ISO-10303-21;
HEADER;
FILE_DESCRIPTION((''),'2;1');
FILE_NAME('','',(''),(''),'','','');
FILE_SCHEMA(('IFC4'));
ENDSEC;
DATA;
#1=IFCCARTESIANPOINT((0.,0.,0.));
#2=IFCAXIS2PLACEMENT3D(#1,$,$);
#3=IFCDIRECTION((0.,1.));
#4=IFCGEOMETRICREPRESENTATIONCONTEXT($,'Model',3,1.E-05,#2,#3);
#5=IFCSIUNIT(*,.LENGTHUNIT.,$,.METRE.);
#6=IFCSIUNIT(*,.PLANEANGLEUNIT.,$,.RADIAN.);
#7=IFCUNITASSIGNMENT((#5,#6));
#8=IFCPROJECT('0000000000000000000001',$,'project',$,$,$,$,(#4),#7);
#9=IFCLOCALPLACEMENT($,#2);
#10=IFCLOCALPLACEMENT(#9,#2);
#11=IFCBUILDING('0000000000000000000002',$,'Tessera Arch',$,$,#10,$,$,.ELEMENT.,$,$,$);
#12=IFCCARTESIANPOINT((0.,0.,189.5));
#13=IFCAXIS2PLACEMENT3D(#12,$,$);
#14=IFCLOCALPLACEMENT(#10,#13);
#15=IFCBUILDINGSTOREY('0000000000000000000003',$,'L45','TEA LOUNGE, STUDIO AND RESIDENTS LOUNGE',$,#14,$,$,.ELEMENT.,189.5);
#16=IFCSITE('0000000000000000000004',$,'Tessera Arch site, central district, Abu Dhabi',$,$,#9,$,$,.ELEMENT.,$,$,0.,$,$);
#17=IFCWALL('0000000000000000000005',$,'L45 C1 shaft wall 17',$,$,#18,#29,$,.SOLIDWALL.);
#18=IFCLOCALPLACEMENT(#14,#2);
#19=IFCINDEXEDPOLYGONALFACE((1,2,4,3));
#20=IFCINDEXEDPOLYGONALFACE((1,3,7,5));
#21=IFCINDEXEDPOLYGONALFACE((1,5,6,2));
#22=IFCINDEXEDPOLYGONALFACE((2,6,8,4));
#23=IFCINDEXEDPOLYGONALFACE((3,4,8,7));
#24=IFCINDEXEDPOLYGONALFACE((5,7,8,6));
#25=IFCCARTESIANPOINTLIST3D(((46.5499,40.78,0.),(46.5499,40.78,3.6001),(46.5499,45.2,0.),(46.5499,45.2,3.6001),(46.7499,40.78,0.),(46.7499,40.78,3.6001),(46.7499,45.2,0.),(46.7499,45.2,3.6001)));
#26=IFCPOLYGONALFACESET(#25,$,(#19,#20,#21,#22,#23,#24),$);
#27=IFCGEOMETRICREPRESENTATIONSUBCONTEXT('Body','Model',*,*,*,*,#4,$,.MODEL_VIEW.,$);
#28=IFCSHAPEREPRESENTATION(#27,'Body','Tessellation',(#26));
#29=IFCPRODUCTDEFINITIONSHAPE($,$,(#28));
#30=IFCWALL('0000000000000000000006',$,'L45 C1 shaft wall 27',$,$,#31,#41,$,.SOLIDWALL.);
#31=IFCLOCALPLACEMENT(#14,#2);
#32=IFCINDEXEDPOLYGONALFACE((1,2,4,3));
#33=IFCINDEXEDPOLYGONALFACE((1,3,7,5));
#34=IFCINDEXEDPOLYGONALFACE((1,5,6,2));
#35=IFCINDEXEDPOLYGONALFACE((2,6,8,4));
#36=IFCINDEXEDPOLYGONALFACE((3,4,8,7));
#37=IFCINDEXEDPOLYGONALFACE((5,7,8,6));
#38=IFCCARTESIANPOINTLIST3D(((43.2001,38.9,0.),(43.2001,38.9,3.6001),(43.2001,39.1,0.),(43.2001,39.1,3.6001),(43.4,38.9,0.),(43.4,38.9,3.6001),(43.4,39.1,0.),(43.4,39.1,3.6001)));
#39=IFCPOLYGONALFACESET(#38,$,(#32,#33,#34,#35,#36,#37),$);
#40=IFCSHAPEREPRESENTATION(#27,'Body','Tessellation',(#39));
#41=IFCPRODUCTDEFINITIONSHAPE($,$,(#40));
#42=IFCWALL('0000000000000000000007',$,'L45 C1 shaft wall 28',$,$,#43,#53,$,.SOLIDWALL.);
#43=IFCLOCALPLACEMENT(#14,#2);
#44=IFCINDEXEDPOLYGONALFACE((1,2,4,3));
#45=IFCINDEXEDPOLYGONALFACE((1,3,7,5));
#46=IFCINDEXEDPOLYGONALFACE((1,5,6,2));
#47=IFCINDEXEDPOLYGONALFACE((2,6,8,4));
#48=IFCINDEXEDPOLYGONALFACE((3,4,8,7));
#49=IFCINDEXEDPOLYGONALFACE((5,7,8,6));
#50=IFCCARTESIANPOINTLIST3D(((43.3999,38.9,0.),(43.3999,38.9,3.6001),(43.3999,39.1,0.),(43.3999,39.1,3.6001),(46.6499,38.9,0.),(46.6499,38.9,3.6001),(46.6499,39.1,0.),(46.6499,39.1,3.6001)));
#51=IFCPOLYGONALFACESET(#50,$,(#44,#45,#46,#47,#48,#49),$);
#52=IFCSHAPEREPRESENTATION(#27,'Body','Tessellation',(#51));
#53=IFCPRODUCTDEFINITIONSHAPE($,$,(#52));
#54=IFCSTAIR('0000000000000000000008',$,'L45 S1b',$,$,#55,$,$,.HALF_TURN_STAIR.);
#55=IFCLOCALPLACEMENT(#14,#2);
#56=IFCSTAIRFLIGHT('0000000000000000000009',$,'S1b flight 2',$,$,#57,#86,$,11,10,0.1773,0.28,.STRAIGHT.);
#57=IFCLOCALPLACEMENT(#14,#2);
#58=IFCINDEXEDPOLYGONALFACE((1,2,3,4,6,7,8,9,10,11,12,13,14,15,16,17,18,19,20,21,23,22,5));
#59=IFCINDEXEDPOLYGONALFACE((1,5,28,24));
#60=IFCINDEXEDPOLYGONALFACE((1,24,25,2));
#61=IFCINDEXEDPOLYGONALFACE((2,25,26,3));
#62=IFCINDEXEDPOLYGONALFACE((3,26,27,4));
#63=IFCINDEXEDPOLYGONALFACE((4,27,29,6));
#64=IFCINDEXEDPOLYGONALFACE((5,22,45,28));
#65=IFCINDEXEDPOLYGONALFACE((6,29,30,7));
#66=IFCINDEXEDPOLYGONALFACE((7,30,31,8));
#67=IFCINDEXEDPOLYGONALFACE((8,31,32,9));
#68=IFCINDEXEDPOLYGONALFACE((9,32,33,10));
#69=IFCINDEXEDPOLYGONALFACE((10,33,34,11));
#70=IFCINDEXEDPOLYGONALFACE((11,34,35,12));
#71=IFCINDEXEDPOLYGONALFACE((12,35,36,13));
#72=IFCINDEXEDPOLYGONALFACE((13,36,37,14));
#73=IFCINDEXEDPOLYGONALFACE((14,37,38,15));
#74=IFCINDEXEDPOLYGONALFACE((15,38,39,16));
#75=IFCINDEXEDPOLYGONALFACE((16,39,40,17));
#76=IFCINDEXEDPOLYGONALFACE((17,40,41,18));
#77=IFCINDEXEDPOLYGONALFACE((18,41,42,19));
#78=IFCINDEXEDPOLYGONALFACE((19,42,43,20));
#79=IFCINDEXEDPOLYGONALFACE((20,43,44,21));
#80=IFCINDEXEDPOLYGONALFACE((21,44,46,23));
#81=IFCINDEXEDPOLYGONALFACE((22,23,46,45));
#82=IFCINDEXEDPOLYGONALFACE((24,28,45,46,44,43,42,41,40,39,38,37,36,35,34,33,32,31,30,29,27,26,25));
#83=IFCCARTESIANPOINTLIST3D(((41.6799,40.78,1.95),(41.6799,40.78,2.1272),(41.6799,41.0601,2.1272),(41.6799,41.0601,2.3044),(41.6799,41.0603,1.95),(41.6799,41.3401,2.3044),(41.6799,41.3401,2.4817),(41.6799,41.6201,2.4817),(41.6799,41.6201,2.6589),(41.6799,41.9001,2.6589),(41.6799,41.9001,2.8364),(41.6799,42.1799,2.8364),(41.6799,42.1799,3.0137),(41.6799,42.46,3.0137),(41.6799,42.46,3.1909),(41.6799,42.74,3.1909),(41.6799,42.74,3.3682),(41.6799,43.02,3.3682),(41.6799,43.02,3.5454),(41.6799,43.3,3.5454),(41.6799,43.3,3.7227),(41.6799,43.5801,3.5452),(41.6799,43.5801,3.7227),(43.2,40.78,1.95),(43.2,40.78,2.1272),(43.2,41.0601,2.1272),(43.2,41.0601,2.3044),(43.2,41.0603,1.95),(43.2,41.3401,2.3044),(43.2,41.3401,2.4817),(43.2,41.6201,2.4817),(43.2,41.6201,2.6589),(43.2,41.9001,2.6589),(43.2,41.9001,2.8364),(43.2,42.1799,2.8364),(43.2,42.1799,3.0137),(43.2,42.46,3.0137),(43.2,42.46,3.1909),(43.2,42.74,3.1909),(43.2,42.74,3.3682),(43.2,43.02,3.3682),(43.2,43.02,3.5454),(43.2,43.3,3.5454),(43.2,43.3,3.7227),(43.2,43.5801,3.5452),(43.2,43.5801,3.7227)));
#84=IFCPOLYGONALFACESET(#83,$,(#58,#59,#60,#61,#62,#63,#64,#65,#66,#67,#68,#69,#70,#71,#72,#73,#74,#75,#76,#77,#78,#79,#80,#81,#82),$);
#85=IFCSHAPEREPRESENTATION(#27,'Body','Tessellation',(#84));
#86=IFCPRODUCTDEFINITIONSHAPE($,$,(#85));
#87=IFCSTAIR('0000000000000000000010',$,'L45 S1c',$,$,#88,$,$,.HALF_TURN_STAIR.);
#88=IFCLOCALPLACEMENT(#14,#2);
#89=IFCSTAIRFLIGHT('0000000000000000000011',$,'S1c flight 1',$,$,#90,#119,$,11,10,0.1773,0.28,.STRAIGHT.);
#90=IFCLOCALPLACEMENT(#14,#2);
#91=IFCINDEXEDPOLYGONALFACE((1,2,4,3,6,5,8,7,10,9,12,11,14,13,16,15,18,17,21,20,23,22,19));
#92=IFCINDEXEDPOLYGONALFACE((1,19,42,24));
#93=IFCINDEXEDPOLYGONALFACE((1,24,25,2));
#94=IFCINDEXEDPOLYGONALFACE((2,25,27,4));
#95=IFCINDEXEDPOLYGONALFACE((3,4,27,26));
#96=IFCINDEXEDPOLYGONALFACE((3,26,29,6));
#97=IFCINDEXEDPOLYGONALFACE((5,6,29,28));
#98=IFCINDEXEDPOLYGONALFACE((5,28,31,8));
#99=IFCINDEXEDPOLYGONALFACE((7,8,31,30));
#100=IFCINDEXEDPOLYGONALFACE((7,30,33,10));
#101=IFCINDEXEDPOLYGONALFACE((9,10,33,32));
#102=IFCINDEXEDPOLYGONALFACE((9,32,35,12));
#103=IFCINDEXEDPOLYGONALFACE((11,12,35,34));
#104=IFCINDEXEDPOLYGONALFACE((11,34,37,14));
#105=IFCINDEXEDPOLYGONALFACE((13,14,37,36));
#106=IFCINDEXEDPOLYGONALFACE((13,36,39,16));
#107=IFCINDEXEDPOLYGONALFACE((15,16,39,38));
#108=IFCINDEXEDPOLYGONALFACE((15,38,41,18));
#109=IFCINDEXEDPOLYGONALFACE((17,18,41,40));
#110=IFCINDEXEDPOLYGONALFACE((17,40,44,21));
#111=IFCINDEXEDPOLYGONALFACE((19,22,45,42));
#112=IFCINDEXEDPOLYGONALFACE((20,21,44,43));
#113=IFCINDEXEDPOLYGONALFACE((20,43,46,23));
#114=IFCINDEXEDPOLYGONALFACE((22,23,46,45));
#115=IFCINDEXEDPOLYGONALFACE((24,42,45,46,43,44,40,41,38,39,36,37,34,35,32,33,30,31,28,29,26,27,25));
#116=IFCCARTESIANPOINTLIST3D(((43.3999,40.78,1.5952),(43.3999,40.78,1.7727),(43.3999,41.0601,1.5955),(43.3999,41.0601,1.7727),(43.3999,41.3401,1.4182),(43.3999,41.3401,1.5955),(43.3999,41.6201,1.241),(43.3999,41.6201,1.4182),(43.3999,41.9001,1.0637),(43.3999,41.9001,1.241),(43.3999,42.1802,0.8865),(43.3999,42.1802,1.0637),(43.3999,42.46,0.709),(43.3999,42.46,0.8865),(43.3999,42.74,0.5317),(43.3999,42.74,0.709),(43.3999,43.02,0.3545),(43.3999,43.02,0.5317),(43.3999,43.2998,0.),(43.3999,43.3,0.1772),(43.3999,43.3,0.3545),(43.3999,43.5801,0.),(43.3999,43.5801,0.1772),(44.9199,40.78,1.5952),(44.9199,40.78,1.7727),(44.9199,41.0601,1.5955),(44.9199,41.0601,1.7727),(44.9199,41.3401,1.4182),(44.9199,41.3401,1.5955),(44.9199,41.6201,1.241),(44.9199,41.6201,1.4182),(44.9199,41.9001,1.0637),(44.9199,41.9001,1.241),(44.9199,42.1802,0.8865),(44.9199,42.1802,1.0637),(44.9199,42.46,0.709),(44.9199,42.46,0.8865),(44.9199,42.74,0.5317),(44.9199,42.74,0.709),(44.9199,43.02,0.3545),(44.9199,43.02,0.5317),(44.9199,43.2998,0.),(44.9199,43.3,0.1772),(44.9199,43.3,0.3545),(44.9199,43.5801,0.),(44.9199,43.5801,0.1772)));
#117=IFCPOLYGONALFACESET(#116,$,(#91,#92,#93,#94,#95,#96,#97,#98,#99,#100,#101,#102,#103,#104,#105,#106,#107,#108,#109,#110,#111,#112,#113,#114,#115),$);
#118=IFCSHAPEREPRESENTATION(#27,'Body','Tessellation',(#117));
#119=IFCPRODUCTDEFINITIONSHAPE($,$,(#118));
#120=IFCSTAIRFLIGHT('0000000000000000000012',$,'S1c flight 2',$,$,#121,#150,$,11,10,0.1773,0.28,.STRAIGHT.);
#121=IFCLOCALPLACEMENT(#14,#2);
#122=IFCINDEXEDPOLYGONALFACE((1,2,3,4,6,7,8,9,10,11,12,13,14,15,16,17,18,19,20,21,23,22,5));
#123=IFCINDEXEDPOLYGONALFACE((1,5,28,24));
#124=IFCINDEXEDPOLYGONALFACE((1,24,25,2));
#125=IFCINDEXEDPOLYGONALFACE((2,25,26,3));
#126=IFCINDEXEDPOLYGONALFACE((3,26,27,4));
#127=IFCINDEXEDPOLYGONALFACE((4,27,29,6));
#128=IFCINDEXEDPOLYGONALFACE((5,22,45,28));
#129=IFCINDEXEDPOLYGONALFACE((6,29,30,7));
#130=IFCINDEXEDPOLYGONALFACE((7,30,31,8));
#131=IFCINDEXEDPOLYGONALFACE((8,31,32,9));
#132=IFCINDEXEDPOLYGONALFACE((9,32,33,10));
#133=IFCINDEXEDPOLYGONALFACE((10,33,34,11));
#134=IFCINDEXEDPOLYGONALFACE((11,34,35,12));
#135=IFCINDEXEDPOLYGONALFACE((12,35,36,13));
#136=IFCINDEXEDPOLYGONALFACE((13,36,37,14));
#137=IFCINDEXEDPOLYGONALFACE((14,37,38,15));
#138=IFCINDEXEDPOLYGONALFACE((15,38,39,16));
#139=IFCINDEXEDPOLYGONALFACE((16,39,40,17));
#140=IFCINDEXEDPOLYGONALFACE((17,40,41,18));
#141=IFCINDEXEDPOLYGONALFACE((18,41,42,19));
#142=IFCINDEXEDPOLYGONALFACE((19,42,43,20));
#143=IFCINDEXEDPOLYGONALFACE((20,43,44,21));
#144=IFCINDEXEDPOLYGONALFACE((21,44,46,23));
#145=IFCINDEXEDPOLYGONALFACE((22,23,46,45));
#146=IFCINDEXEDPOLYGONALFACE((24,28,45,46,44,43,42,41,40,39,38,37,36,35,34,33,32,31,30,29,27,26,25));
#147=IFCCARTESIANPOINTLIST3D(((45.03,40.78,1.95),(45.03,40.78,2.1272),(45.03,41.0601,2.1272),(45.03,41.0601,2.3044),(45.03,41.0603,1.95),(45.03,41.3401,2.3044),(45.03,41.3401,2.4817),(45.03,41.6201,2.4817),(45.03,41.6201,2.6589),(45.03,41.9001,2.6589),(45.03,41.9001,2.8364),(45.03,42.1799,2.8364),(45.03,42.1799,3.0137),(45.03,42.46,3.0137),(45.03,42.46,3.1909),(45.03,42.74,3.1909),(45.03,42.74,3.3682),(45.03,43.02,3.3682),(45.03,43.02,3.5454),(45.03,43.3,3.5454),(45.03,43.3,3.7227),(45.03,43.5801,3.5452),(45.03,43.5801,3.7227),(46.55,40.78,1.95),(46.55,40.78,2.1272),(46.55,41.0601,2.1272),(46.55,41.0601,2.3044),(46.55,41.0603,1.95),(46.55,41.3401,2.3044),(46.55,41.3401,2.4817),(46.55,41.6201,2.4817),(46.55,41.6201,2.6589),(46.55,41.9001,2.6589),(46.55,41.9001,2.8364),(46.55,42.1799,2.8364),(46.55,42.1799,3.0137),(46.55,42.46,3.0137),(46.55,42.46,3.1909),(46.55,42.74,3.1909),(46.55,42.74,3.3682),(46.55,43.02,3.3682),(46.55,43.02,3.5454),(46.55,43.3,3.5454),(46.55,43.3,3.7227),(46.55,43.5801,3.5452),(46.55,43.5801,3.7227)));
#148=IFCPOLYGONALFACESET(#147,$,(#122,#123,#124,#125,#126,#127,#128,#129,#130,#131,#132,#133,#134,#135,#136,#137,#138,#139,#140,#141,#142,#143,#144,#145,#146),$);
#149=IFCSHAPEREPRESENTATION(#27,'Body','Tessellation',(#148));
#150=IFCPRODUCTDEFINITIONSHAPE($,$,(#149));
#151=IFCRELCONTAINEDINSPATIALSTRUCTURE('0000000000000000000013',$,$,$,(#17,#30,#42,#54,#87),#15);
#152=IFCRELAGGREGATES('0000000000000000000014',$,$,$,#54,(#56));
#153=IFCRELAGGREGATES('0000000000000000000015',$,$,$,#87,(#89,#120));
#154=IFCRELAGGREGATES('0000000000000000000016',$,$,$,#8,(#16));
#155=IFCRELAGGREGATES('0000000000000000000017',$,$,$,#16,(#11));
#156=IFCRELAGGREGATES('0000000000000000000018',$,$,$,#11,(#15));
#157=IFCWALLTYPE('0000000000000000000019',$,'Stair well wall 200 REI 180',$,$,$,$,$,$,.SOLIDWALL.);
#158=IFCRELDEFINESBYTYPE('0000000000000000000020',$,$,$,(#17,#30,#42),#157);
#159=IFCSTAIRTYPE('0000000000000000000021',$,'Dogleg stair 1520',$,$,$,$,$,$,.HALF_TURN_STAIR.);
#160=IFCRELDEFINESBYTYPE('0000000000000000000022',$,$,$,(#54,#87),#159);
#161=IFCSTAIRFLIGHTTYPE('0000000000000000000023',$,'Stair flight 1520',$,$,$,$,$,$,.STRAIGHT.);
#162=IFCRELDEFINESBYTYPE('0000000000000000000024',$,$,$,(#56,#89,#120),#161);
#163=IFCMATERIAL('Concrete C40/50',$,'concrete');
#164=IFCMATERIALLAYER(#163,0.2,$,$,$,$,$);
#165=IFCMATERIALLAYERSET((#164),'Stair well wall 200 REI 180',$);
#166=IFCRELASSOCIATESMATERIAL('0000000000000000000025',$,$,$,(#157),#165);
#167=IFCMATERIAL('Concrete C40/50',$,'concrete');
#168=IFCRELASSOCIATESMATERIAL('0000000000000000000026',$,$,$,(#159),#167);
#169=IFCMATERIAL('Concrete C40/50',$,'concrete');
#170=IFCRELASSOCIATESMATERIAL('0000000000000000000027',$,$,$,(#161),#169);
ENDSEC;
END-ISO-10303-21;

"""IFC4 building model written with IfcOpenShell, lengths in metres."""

from ifc_helpers import new_model, si_unit, direction, frame, frame_2d, origin, place, context, subcontext, project, spatial, polyline, rectangle, outline, extrude, material, layer, layer_set, type_object, element, aggregate, save


model = new_model("IFC4")

# Units and contexts
model_context = context("Model", 3, precision=1e-05, world=origin(), true_north=direction((0.0, 1.0)))
body_context = subcontext(model_context, "Body", "Model", "MODEL_VIEW")
ifc_project = project(units=[si_unit("LENGTHUNIT", "METRE"), si_unit("PLANEANGLEUNIT", "RADIAN")], contexts=[model_context])

# Site, building, storey
site_placement = place(None, origin())
site = spatial("IfcSite", under=ifc_project, at=site_placement, Name="Tessera Arch site, central district, Abu Dhabi", CompositionType="ELEMENT", RefElevation=0.0)
building_placement = place(site_placement, origin())
building = spatial("IfcBuilding", under=site, at=building_placement, Name="Tessera Arch", CompositionType="ELEMENT")
storey_placement = place(building_placement, frame((0.0, 0.0, 189.5)))
storey = spatial("IfcBuildingStorey", under=building, at=storey_placement, Name="L45", Description="TEA LOUNGE, STUDIO AND RESIDENTS LOUNGE", CompositionType="ELEMENT", Elevation=189.5)

# Walls
ifc_material_1 = material(Name="Concrete C40/50", Category="concrete")
ifc_layer_1 = layer(ifc_material_1, 0.2)
ifc_layer_set_1 = layer_set([ifc_layer_1], Name="Stair well wall 200 REI 180")
wall_type_1 = type_object("IfcWallType", Name="Stair well wall 200 REI 180", PredefinedType="SOLIDWALL", material=ifc_layer_set_1)
wall_1_placement = place(storey_placement, frame((46.6499, 40.78, 0.0), z_axis=(0.0, 0.0, 1.0), x_axis=(0.0, 1.0, 0.0)))
element("IfcWall", 1, at=wall_1_placement, inside=storey, type_object=wall_type_1, Name="L45 C1 shaft wall 17", PredefinedType="SOLIDWALL", context=body_context, shape_type="SweptSolid", body=[
    extrude(rectangle(XDim=4.4199, YDim=0.2, at=frame_2d((2.21, 0.0))), origin(), (0.0, 0.0, 1.0), 3.6001),
])
wall_2_placement = place(storey_placement, frame((43.2, 39.0, 0.0), z_axis=(0.0, 0.0, 1.0), x_axis=(1.0, 0.0, 0.0)))
element("IfcWall", 2, at=wall_2_placement, inside=storey, type_object=wall_type_1, Name="L45 C1 shaft wall 27", PredefinedType="SOLIDWALL", context=body_context, shape_type="SweptSolid", body=[
    extrude(rectangle(XDim=0.2, YDim=0.2, at=frame_2d((0.1001, 0.0))), origin(), (0.0, 0.0, 1.0), 3.6001),
])
wall_3_placement = place(storey_placement, frame((43.3999, 39.0, 0.0), z_axis=(0.0, 0.0, 1.0), x_axis=(1.0, 0.0, 0.0)))
element("IfcWall", 3, at=wall_3_placement, inside=storey, type_object=wall_type_1, Name="L45 C1 shaft wall 28", PredefinedType="SOLIDWALL", context=body_context, shape_type="SweptSolid", body=[
    extrude(rectangle(XDim=3.25, YDim=0.2, at=frame_2d((1.625, 0.0))), origin(), (0.0, 0.0, 1.0), 3.6001),
])

# Stair, stair flight
ifc_material_2 = material(Name="Concrete C40/50", Category="concrete")
stair_type = type_object("IfcStairType", Name="Dogleg stair 1520", PredefinedType="HALF_TURN_STAIR", material=ifc_material_2)
stair_1_placement = place(storey_placement, origin())
stair_1 = element("IfcStair", 4, at=stair_1_placement, inside=storey, type_object=stair_type, Name="L45 S1b", PredefinedType="HALF_TURN_STAIR")
ifc_material_3 = material(Name="Concrete C40/50", Category="concrete")
stair_flight_type = type_object("IfcStairFlightType", Name="Stair flight 1520", PredefinedType="STRAIGHT", material=ifc_material_3)
stair_flight_1_placement = place(storey_placement, frame((42.4399, 40.78, 1.95), z_axis=(0.0, 0.0, 1.0), x_axis=(0.0, 1.0, 0.0)))
stair_flight_1 = element("IfcStairFlight", 5, at=stair_flight_1_placement, type_object=stair_flight_type, Name="S1b flight 2", NumberOfRisers=11, NumberOfTreads=10, PredefinedType="STRAIGHT", RiserHeight=0.1773, TreadLength=0.28, context=body_context, shape_type="SweptSolid", body=[
    extrude(outline(polyline([(0.0, 0.0), (0.0, 0.1772), (0.28, 0.1772), (0.28, 0.3545), (0.5601, 0.3545), (0.5601, 0.5317), (0.8401, 0.5317), (0.8401, 0.709), (1.1201, 0.709), (1.1201, 0.8865), (1.3999, 0.8865), (1.3999, 1.0637), (1.6799, 1.0637), (1.6799, 1.241), (1.96, 1.241), (1.96, 1.4182), (2.24, 1.4182), (2.24, 1.5955), (2.52, 1.5955), (2.52, 1.7727), (2.8, 1.7727), (2.8, 1.95), (2.8, 1.5952), (0.2803, 0.0), (0.0, 0.0)])), frame((0.0, 0.76, 0.0), z_axis=(0.0, -1.0, 0.0), x_axis=(1.0, 0.0, 0.0)), (0.0, 0.0, 1.0), 1.52),
])
aggregate(stair_1, [stair_flight_1])

# Stair, stair flights
stair_2_placement = place(storey_placement, origin())
stair_2 = element("IfcStair", 6, at=stair_2_placement, inside=storey, type_object=stair_type, Name="L45 S1c", PredefinedType="HALF_TURN_STAIR")
stair_flight_2_placement = place(storey_placement, frame((44.1599, 43.5801, 0.0), z_axis=(0.0, 0.0, 1.0), x_axis=(0.0, -1.0, 0.0)))
stair_flight_2 = element("IfcStairFlight", 7, at=stair_flight_2_placement, type_object=stair_flight_type, Name="S1c flight 1", NumberOfRisers=11, NumberOfTreads=10, PredefinedType="STRAIGHT", RiserHeight=0.1773, TreadLength=0.28, context=body_context, shape_type="SweptSolid", body=[
    extrude(outline(polyline([(0.0, 0.0), (0.0, 0.1772), (0.28, 0.1772), (0.28, 0.3545), (0.5601, 0.3545), (0.5601, 0.5317), (0.8401, 0.5317), (0.8401, 0.709), (1.1201, 0.709), (1.1201, 0.8865), (1.3999, 0.8865), (1.3999, 1.0637), (1.6799, 1.0637), (1.6799, 1.241), (1.96, 1.241), (1.96, 1.4182), (2.24, 1.4182), (2.24, 1.5955), (2.52, 1.5955), (2.52, 1.7727), (2.8, 1.7727), (2.8, 1.95), (2.8, 1.5952), (0.2803, 0.0), (0.0, 0.0)])), frame((0.0, 0.76, 0.0), z_axis=(0.0, -1.0, 0.0), x_axis=(1.0, 0.0, 0.0)), (0.0, 0.0, 1.0), 1.52),
])
stair_flight_3_placement = place(storey_placement, frame((45.79, 40.78, 1.95), z_axis=(0.0, 0.0, 1.0), x_axis=(0.0, 1.0, 0.0)))
stair_flight_3 = element("IfcStairFlight", 8, at=stair_flight_3_placement, type_object=stair_flight_type, Name="S1c flight 2", NumberOfRisers=11, NumberOfTreads=10, PredefinedType="STRAIGHT", RiserHeight=0.1773, TreadLength=0.28, context=body_context, shape_type="SweptSolid", body=[
    extrude(outline(polyline([(0.0, 0.0), (0.0, 0.1772), (0.28, 0.1772), (0.28, 0.3545), (0.5601, 0.3545), (0.5601, 0.5317), (0.8401, 0.5317), (0.8401, 0.709), (1.1201, 0.709), (1.1201, 0.8865), (1.3999, 0.8865), (1.3999, 1.0637), (1.6799, 1.0637), (1.6799, 1.241), (1.96, 1.241), (1.96, 1.4182), (2.24, 1.4182), (2.24, 1.5955), (2.52, 1.5955), (2.52, 1.7727), (2.8, 1.7727), (2.8, 1.95), (2.8, 1.5952), (0.2803, 0.0), (0.0, 0.0)])), frame((0.0, 0.76, 0.0), z_axis=(0.0, -1.0, 0.0), x_axis=(1.0, 0.0, 0.0)), (0.0, 0.0, 1.0), 1.52),
])
aggregate(stair_2, [stair_flight_2, stair_flight_3])

save(model, "model.ifc")
